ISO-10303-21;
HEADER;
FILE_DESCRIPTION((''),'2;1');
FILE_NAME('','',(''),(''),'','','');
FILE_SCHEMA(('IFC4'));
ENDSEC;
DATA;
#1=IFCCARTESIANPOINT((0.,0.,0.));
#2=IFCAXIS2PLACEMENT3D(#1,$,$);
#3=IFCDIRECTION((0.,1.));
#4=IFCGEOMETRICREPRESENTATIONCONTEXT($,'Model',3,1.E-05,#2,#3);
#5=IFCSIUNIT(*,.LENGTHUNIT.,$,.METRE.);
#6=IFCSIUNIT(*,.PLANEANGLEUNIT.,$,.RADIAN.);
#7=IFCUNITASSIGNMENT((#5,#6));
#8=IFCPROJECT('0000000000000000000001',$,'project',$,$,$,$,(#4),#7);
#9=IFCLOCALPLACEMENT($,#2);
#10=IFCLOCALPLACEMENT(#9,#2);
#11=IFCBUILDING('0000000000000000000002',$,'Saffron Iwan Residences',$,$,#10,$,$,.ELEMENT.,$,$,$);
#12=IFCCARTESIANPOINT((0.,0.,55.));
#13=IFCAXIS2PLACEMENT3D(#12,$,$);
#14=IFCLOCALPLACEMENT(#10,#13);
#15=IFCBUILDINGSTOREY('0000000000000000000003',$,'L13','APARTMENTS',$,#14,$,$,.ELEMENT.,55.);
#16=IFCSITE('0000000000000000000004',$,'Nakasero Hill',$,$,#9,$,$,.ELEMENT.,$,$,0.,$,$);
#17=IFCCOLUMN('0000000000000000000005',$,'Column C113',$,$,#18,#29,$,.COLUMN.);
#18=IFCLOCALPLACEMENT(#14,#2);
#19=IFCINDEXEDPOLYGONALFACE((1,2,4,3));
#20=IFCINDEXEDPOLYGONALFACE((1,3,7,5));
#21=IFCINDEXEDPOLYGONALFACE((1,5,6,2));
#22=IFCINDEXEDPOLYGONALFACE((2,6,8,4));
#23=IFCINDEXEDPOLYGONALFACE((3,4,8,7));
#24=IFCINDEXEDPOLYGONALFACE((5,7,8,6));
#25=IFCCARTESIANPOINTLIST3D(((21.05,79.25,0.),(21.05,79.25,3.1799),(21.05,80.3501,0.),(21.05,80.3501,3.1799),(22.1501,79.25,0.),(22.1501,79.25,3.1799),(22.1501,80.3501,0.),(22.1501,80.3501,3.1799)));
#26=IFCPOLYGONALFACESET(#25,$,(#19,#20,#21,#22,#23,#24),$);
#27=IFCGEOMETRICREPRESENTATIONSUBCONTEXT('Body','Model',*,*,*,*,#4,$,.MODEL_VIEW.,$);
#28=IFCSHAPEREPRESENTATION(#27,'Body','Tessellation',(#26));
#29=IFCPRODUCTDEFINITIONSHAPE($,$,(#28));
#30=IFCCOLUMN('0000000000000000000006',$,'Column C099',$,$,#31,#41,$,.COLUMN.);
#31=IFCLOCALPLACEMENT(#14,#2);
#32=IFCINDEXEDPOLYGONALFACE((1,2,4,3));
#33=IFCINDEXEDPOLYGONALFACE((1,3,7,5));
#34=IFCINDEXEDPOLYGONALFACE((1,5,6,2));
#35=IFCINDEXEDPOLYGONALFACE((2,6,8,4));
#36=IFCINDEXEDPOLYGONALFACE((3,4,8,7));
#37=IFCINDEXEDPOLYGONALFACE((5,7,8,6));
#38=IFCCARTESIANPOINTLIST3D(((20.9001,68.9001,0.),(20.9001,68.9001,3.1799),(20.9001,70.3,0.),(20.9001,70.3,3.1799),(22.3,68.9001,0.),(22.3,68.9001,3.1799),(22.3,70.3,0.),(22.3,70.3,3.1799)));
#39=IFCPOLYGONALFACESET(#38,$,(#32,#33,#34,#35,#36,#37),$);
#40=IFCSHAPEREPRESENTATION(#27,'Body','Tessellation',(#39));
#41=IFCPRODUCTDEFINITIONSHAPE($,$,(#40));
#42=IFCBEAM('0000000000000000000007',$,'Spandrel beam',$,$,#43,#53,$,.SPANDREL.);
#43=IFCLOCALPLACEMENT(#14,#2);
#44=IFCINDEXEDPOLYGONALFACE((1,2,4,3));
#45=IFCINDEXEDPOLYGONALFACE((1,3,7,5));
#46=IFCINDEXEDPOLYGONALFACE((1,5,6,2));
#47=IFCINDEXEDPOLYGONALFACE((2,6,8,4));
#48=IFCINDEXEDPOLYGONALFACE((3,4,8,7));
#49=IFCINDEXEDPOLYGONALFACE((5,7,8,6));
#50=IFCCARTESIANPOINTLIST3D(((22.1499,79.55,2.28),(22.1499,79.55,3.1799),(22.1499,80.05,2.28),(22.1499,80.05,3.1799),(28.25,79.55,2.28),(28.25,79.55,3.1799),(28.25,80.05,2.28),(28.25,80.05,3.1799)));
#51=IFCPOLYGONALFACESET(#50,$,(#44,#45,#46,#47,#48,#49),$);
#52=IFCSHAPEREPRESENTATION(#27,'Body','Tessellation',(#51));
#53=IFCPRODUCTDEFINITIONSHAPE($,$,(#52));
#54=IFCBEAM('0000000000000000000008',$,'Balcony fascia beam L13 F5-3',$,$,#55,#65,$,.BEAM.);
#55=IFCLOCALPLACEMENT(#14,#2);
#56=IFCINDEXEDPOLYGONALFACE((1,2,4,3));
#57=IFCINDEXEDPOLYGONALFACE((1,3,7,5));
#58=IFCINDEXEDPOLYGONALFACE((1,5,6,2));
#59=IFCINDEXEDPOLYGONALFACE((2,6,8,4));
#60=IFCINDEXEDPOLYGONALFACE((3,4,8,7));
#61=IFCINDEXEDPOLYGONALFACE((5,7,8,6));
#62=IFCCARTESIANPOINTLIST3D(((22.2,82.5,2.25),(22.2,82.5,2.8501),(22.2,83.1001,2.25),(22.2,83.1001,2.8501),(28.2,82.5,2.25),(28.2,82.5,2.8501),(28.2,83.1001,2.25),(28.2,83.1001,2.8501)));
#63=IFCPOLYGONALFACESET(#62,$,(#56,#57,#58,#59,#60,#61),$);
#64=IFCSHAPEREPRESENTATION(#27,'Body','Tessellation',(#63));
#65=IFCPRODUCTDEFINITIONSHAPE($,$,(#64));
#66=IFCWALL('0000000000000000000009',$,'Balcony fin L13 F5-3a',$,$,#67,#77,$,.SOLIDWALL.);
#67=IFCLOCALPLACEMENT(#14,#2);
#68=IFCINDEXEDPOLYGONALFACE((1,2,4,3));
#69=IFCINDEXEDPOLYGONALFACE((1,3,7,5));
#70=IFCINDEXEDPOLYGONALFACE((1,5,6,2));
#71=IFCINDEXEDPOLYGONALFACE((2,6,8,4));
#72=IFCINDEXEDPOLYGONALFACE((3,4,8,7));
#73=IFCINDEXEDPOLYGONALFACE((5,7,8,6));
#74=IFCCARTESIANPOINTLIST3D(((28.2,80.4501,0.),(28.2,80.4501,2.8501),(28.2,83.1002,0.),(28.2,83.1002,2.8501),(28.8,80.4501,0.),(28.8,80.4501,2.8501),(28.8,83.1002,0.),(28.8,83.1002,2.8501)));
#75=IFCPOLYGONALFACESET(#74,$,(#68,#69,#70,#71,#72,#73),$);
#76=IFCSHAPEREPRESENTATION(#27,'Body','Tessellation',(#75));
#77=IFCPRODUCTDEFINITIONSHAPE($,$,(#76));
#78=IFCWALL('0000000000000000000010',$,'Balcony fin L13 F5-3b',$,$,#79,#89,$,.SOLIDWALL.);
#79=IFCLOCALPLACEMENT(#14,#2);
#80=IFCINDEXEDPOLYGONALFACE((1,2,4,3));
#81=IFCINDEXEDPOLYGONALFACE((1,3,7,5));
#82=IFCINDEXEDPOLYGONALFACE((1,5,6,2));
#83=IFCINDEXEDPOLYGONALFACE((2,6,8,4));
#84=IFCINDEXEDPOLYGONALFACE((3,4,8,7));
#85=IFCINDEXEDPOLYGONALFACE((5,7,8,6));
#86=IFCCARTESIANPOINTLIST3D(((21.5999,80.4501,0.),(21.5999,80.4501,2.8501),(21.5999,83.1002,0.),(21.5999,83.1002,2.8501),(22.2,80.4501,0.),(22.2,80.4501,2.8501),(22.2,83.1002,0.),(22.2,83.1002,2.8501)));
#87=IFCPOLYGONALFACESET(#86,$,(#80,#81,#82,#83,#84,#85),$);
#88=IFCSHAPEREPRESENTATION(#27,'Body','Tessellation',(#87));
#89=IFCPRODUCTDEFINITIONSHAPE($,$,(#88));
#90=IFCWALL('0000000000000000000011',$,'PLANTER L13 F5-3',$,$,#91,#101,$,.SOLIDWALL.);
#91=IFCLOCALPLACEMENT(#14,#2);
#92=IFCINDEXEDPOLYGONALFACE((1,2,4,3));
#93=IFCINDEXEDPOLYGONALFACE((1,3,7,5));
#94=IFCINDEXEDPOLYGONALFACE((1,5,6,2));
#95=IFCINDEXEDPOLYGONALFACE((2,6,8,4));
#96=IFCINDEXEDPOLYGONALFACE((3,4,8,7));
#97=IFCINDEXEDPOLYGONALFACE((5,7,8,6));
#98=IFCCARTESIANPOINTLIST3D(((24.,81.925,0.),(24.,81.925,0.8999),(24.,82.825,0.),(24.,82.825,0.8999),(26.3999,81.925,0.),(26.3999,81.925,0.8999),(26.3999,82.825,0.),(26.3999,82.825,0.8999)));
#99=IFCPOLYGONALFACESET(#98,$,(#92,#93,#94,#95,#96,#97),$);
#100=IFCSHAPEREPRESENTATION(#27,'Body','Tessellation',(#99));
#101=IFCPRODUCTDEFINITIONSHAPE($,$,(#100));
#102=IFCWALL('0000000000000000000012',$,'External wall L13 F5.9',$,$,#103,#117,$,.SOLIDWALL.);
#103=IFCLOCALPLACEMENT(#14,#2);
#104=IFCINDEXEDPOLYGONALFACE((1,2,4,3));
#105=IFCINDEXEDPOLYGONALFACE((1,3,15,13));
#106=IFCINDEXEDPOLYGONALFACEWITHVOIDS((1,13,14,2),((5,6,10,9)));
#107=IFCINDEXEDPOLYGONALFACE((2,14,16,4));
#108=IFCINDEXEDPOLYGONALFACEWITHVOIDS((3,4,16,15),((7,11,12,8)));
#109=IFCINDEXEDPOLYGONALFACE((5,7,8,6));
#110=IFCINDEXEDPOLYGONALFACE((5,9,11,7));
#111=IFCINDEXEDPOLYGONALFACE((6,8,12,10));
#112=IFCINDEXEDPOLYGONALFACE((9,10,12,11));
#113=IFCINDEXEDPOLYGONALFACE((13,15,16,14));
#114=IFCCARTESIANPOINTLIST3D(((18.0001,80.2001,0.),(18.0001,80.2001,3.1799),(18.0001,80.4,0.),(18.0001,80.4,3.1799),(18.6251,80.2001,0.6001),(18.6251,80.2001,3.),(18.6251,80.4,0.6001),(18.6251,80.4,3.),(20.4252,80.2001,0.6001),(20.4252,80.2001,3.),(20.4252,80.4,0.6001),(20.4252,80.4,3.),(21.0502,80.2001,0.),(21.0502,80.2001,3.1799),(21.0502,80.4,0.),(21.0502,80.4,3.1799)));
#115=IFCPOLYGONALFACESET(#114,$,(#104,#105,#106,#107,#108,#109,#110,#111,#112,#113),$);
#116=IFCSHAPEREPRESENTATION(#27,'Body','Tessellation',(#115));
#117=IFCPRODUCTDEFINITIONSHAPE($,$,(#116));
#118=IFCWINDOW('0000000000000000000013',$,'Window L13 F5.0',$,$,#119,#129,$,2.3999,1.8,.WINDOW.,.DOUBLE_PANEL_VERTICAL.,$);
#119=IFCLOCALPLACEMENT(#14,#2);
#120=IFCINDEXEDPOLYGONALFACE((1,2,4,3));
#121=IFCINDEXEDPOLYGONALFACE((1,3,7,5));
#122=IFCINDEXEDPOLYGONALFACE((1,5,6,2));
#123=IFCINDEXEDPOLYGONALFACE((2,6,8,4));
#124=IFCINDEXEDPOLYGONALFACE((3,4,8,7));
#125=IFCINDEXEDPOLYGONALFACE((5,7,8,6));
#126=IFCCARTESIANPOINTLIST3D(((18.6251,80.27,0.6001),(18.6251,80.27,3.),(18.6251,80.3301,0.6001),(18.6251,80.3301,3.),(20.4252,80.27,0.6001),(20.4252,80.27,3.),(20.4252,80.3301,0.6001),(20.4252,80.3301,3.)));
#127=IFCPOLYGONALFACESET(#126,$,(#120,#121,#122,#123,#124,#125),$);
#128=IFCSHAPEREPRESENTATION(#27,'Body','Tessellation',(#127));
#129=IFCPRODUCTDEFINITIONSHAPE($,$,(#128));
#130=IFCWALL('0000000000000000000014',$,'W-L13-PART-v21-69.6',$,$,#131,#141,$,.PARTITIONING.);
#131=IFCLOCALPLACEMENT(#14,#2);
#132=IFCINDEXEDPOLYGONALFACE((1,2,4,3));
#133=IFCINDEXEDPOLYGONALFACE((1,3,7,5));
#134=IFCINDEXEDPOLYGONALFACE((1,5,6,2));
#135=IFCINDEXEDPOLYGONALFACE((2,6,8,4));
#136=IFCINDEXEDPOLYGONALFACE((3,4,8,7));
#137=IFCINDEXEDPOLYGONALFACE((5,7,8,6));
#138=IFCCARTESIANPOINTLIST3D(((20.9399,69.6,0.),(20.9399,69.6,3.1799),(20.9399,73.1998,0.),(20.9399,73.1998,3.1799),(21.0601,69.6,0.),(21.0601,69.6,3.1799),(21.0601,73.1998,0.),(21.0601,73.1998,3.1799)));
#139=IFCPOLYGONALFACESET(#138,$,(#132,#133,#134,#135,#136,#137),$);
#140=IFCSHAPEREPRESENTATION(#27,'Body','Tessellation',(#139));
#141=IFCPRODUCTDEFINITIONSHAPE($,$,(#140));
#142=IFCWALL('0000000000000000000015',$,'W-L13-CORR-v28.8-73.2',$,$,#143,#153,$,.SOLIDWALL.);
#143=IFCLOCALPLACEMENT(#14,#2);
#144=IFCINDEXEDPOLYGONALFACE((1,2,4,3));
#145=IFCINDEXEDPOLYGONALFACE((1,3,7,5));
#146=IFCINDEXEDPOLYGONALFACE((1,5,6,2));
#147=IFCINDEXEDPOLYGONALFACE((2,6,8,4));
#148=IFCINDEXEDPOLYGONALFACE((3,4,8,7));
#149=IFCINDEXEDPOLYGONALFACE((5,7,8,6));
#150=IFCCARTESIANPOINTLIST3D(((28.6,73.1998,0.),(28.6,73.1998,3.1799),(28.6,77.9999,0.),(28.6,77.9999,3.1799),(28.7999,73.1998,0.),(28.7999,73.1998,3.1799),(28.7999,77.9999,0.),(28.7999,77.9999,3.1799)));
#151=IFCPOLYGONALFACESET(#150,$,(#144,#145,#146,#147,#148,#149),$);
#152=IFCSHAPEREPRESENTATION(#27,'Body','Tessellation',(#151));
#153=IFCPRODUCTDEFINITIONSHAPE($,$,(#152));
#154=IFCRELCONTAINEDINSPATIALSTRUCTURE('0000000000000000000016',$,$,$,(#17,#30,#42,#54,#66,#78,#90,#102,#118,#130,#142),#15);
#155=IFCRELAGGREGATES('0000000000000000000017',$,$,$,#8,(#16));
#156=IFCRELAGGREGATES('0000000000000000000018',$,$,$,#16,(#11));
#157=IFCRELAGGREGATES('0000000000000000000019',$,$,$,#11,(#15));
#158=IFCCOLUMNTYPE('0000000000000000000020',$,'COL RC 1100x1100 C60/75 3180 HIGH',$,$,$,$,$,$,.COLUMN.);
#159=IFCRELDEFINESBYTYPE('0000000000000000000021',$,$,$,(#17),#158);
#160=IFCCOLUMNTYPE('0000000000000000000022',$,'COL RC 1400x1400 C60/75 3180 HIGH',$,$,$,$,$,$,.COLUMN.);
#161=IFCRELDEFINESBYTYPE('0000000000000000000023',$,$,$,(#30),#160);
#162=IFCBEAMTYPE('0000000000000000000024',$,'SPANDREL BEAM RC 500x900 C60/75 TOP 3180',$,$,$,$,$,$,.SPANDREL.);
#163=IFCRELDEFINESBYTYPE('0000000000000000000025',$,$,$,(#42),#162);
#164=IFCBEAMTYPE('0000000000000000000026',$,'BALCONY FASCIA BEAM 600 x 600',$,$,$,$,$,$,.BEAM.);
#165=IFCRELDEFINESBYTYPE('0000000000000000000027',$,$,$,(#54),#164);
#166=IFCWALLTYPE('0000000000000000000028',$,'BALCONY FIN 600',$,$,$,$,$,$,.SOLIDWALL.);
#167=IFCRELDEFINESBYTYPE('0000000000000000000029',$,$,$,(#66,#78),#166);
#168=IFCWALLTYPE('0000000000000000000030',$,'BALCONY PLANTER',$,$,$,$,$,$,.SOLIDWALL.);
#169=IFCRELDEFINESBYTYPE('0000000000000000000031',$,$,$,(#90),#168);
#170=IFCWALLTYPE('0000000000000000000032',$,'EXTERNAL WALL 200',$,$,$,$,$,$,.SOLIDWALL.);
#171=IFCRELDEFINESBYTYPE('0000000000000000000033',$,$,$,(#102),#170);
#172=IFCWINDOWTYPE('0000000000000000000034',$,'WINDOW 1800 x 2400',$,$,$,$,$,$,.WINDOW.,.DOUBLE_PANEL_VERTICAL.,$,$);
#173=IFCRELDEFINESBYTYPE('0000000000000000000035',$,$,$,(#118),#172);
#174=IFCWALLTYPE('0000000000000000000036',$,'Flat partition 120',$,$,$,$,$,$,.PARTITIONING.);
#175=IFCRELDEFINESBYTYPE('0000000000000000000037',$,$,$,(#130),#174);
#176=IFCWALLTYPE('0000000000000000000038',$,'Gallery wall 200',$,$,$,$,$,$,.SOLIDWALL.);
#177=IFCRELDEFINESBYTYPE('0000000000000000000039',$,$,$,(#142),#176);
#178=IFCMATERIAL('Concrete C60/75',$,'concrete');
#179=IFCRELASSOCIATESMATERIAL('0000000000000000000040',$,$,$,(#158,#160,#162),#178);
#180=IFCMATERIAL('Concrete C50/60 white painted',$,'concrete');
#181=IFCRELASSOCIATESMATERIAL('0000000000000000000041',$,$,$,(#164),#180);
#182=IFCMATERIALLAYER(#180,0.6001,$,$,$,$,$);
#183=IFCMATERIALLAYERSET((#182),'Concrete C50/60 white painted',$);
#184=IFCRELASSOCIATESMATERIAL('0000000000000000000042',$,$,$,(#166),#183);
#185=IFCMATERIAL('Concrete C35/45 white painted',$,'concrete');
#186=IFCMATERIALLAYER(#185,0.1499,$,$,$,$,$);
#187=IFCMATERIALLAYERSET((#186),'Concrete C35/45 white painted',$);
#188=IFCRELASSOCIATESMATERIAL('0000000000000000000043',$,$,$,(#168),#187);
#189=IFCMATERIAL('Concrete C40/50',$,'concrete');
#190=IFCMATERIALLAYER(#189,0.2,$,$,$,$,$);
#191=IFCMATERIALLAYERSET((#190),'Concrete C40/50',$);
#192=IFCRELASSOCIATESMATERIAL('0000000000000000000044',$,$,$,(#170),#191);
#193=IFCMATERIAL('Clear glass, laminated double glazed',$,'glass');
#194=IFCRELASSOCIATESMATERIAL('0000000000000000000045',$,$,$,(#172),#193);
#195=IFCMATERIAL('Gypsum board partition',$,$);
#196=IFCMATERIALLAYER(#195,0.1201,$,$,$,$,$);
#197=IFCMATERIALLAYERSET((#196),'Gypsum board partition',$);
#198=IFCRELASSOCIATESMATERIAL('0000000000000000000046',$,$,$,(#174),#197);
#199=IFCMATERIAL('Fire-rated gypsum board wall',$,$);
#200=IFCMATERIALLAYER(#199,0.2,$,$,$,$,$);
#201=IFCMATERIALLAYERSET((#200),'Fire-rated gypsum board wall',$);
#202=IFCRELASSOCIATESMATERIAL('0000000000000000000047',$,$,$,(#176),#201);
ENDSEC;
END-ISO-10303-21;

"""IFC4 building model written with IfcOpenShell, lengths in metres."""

from ifc_helpers import new_model, si_unit, direction, frame, frame_2d, origin, origin_2d, place, context, subcontext, project, spatial, rectangle, extrude, source, transform, mapped, material, layer, layer_set, material_profile, profile_set, type_object, element, fill, save


model = new_model("IFC4")

# Units and contexts
model_context = context("Model", 3, precision=1e-05, world=origin(), true_north=direction((0.0, 1.0)))
body_context = subcontext(model_context, "Body", "Model", "MODEL_VIEW")
ifc_project = project(units=[si_unit("LENGTHUNIT", "METRE"), si_unit("PLANEANGLEUNIT", "RADIAN")], contexts=[model_context])

# Site, building, storey
site_placement = place(None, origin())
site = spatial("IfcSite", under=ifc_project, at=site_placement, Name="Nakasero Hill", CompositionType="ELEMENT", RefElevation=0.0)
building_placement = place(site_placement, origin())
building = spatial("IfcBuilding", under=site, at=building_placement, Name="Saffron Iwan Residences", CompositionType="ELEMENT")
storey_placement = place(building_placement, frame((0.0, 0.0, 55.0)))
storey = spatial("IfcBuildingStorey", under=building, at=storey_placement, Name="L13", Description="APARTMENTS", CompositionType="ELEMENT", Elevation=55.0)

# Columns
ifc_material_1 = material(Name="Concrete C60/75", Category="concrete")
ifc_material_profile_1 = material_profile(ifc_material_1, rectangle(XDim=1.1001, YDim=1.1001, at=origin_2d()), Name="RC 1100x1100")
ifc_profile_set_1 = profile_set([ifc_material_profile_1], Name="Concrete C60/75")
column_type_1 = type_object("IfcColumnType", Name="COL RC 1100x1100 C60/75 3180 HIGH", PredefinedType="COLUMN", material=ifc_profile_set_1)
shared_shape_1 = source(origin(), body_context, "Body", "SweptSolid", [
    extrude(rectangle(XDim=1.1001, YDim=1.1001, at=origin_2d()), origin(), (0.0, 0.0, 1.0), 3.1799),
])
column_1_placement = place(storey_placement, frame((21.6001, 79.8, 0.0), z_axis=(0.0, 0.0, 1.0), x_axis=(1.0, 0.0, 0.0)))
element("IfcColumn", 1, at=column_1_placement, inside=storey, type_object=column_type_1, Name="Column C113", PredefinedType="COLUMN", context=body_context, shape_type="MappedRepresentation", body=[
    mapped(shared_shape_1, transform((0.0, 0.0, 0.0))),
])
ifc_material_profile_2 = material_profile(ifc_material_1, rectangle(XDim=1.3999, YDim=1.3999, at=origin_2d()), Name="RC 1400x1400")
ifc_profile_set_2 = profile_set([ifc_material_profile_2], Name="Concrete C60/75")
column_type_2 = type_object("IfcColumnType", Name="COL RC 1400x1400 C60/75 3180 HIGH", PredefinedType="COLUMN", material=ifc_profile_set_2)
shared_shape_2 = source(origin(), body_context, "Body", "SweptSolid", [
    extrude(rectangle(XDim=1.3999, YDim=1.3999, at=origin_2d()), origin(), (0.0, 0.0, 1.0), 3.1799),
])
column_2_placement = place(storey_placement, frame((21.6001, 69.6001, 0.0), z_axis=(0.0, 0.0, 1.0), x_axis=(1.0, 0.0, 0.0)))
element("IfcColumn", 2, at=column_2_placement, inside=storey, type_object=column_type_2, Name="Column C099", PredefinedType="COLUMN", context=body_context, shape_type="MappedRepresentation", body=[
    mapped(shared_shape_2, transform((0.0, 0.0, 0.0))),
])

# Beams
ifc_material_profile_3 = material_profile(ifc_material_1, rectangle(XDim=0.5, YDim=0.8999, at=origin_2d()), Name="RC 500x900")
ifc_profile_set_3 = profile_set([ifc_material_profile_3], Name="Concrete C60/75")
beam_type_1 = type_object("IfcBeamType", Name="SPANDREL BEAM RC 500x900 C60/75 TOP 3180", PredefinedType="SPANDREL", material=ifc_profile_set_3)
shared_shape_3 = source(origin(), body_context, "Body", "SweptSolid", [
    extrude(rectangle(XDim=0.5, YDim=0.8999, at=origin_2d()), origin(), (0.0, 0.0, 1.0), 6.1001),
])
beam_1_placement = place(storey_placement, frame((22.1499, 79.8, 2.73), z_axis=(1.0, 0.0, 0.0), x_axis=(0.0, 1.0, 0.0)))
element("IfcBeam", 3, at=beam_1_placement, inside=storey, type_object=beam_type_1, Name="Spandrel beam", PredefinedType="SPANDREL", context=body_context, shape_type="MappedRepresentation", body=[
    mapped(shared_shape_3, transform((0.0, 0.0, 0.0))),
])
ifc_material_2 = material(Name="Concrete C50/60 white painted", Category="concrete")
ifc_material_profile_4 = material_profile(ifc_material_2, rectangle(XDim=0.6001, YDim=0.6001, at=origin_2d()), Name="BALCONY FASCIA BEAM 600 x 600")
ifc_profile_set_4 = profile_set([ifc_material_profile_4], Name="Concrete C50/60 white painted")
beam_type_2 = type_object("IfcBeamType", Name="BALCONY FASCIA BEAM 600 x 600", PredefinedType="BEAM", material=ifc_profile_set_4)
shared_shape_4 = source(origin(), body_context, "Body", "SweptSolid", [
    extrude(rectangle(XDim=0.6001, YDim=0.6001, at=origin_2d()), origin(), (0.0, 0.0, 1.0), 6.0),
])
beam_2_placement = place(storey_placement, frame((28.2, 82.8, 2.55), z_axis=(-1.0, 0.0, 0.0), x_axis=(0.0, -1.0, 0.0)))
element("IfcBeam", 4, at=beam_2_placement, inside=storey, type_object=beam_type_2, Name="Balcony fascia beam L13 F5-3", PredefinedType="BEAM", context=body_context, shape_type="MappedRepresentation", body=[
    mapped(shared_shape_4, transform((0.0, 0.0, 0.0))),
])

# Walls
ifc_layer_1 = layer(ifc_material_2, 0.6001)
ifc_layer_set_1 = layer_set([ifc_layer_1], Name="Concrete C50/60 white painted")
wall_type_1 = type_object("IfcWallType", Name="BALCONY FIN 600", PredefinedType="SOLIDWALL", material=ifc_layer_set_1)
for number, where, z_axis, x_axis, name in (
    (5, (28.5, 80.45, 0.0), (0.0, 0.0, 1.0), (0.0, 1.0, 0.0), "Balcony fin L13 F5-3a"),
    (6, (21.8999, 80.45, 0.0), (0.0, 0.0, 1.0), (0.0, 1.0, 0.0), "Balcony fin L13 F5-3b"),
):
    element("IfcWall", number, at=place(storey_placement, frame(where, z_axis=z_axis, x_axis=x_axis)), inside=storey, type_object=wall_type_1, Name=name, PredefinedType="SOLIDWALL", context=body_context, shape_type="SweptSolid", body=[
        extrude(rectangle(XDim=2.6501, YDim=0.6001, at=frame_2d((1.3252, 0.0))), origin(), (0.0, 0.0, 1.0), 2.8501),
    ])
ifc_material_3 = material(Name="Concrete C35/45 white painted", Category="concrete")
ifc_layer_2 = layer(ifc_material_3, 0.1499)
ifc_layer_set_2 = layer_set([ifc_layer_2], Name="Concrete C35/45 white painted")
wall_type_2 = type_object("IfcWallType", Name="BALCONY PLANTER", PredefinedType="SOLIDWALL", material=ifc_layer_set_2)
wall_1_placement = place(storey_placement, frame((26.3999, 82.375, 0.0), z_axis=(0.0, 0.0, 1.0), x_axis=(-1.0, 0.0, 0.0)))
element("IfcWall", 7, at=wall_1_placement, inside=storey, type_object=wall_type_2, Name="PLANTER L13 F5-3", PredefinedType="SOLIDWALL", context=body_context, shape_type="SweptSolid", body=[
    extrude(rectangle(XDim=2.3999, YDim=0.8999, at=frame_2d((1.2, 0.0))), origin(), (0.0, 0.0, 1.0), 0.8999),
])

# Shared definitions
ifc_material_4 = material(Name="Concrete C40/50", Category="concrete")
ifc_layer_3 = layer(ifc_material_4, 0.2)
ifc_layer_set_3 = layer_set([ifc_layer_3], Name="Concrete C40/50")
wall_type_3 = type_object("IfcWallType", Name="EXTERNAL WALL 200", PredefinedType="SOLIDWALL", material=ifc_layer_set_3)
ifc_material_5 = material(Name="Clear glass, laminated double glazed", Category="glass")

# Wall, opening, window
wall_2_placement = place(storey_placement, frame((21.05, 80.3, 0.0), z_axis=(0.0, 0.0, 1.0), x_axis=(-1.0, 0.0, 0.0)))
wall_2 = element("IfcWall", 8, at=wall_2_placement, inside=storey, type_object=wall_type_3, Name="External wall L13 F5.9", PredefinedType="SOLIDWALL", context=body_context, shape_type="SweptSolid", body=[
    extrude(rectangle(XDim=3.05, YDim=0.2, at=frame_2d((1.5249, 0.0))), origin(), (0.0, 0.0, 1.0), 3.1799),
])
opening_1_placement = place(wall_2_placement, frame((0.625, 0.0, 0.6001)))
opening_1 = element("IfcOpeningElement", 9, at=opening_1_placement, cuts=wall_2, PredefinedType="OPENING", context=body_context, shape_type="SweptSolid", body=[
    extrude(rectangle(XDim=1.8, YDim=2.3999, at=frame_2d((0.8999, 1.2))), frame((0.0, 0.1099, 0.0), z_axis=(0.0, -1.0, 0.0), x_axis=(1.0, 0.0, 0.0)), (0.0, 0.0, 1.0), 0.22),
])
window_type_1 = type_object("IfcWindowType", Name="WINDOW 1800 x 2400", PartitioningType="DOUBLE_PANEL_VERTICAL", PredefinedType="WINDOW", material=ifc_material_5)
window_1_placement = place(opening_1_placement, origin())
window_1 = element("IfcWindow", 10, at=window_1_placement, inside=storey, type_object=window_type_1, Name="Window L13 F5.0", OverallHeight=2.3999, OverallWidth=1.8, PartitioningType="DOUBLE_PANEL_VERTICAL", PredefinedType="WINDOW", context=body_context, shape_type="SweptSolid", body=[
    extrude(rectangle(XDim=1.8, YDim=2.3999, at=frame_2d((0.8999, 1.2))), frame((0.0, 0.03, 0.0), z_axis=(0.0, -1.0, 0.0), x_axis=(1.0, 0.0, 0.0)), (0.0, 0.0, 1.0), 0.0601),
])
fill(opening_1, window_1)

# Walls
ifc_material_6 = material(Name="Gypsum board partition")
ifc_layer_4 = layer(ifc_material_6, 0.1201)
ifc_layer_set_4 = layer_set([ifc_layer_4], Name="Gypsum board partition")
wall_type_4 = type_object("IfcWallType", Name="Flat partition 120", PredefinedType="PARTITIONING", material=ifc_layer_set_4)
wall_3_placement = place(storey_placement, frame((21.0, 69.6001, 0.0), z_axis=(0.0, 0.0, 1.0), x_axis=(0.0, 1.0, 0.0)))
element("IfcWall", 11, at=wall_3_placement, inside=storey, type_object=wall_type_4, Name="W-L13-PART-v21-69.6", PredefinedType="PARTITIONING", context=body_context, shape_type="SweptSolid", body=[
    extrude(rectangle(XDim=3.5999, YDim=0.1201, at=frame_2d((1.7998, 0.0))), origin(), (0.0, 0.0, 1.0), 3.1799),
])
ifc_material_7 = material(Name="Fire-rated gypsum board wall")
ifc_layer_5 = layer(ifc_material_7, 0.2)
ifc_layer_set_5 = layer_set([ifc_layer_5], Name="Fire-rated gypsum board wall")
wall_type_5 = type_object("IfcWallType", Name="Gallery wall 200", PredefinedType="SOLIDWALL", material=ifc_layer_set_5)
wall_4_placement = place(storey_placement, frame((28.7, 73.2, 0.0), z_axis=(0.0, 0.0, 1.0), x_axis=(0.0, 1.0, 0.0)))
element("IfcWall", 12, at=wall_4_placement, inside=storey, type_object=wall_type_5, Name="W-L13-CORR-v28.8-73.2", PredefinedType="SOLIDWALL", context=body_context, shape_type="SweptSolid", body=[
    extrude(rectangle(XDim=4.8, YDim=0.2, at=frame_2d((2.3999, 0.0))), origin(), (0.0, 0.0, 1.0), 3.1799),
])

save(model, "model.ifc")
